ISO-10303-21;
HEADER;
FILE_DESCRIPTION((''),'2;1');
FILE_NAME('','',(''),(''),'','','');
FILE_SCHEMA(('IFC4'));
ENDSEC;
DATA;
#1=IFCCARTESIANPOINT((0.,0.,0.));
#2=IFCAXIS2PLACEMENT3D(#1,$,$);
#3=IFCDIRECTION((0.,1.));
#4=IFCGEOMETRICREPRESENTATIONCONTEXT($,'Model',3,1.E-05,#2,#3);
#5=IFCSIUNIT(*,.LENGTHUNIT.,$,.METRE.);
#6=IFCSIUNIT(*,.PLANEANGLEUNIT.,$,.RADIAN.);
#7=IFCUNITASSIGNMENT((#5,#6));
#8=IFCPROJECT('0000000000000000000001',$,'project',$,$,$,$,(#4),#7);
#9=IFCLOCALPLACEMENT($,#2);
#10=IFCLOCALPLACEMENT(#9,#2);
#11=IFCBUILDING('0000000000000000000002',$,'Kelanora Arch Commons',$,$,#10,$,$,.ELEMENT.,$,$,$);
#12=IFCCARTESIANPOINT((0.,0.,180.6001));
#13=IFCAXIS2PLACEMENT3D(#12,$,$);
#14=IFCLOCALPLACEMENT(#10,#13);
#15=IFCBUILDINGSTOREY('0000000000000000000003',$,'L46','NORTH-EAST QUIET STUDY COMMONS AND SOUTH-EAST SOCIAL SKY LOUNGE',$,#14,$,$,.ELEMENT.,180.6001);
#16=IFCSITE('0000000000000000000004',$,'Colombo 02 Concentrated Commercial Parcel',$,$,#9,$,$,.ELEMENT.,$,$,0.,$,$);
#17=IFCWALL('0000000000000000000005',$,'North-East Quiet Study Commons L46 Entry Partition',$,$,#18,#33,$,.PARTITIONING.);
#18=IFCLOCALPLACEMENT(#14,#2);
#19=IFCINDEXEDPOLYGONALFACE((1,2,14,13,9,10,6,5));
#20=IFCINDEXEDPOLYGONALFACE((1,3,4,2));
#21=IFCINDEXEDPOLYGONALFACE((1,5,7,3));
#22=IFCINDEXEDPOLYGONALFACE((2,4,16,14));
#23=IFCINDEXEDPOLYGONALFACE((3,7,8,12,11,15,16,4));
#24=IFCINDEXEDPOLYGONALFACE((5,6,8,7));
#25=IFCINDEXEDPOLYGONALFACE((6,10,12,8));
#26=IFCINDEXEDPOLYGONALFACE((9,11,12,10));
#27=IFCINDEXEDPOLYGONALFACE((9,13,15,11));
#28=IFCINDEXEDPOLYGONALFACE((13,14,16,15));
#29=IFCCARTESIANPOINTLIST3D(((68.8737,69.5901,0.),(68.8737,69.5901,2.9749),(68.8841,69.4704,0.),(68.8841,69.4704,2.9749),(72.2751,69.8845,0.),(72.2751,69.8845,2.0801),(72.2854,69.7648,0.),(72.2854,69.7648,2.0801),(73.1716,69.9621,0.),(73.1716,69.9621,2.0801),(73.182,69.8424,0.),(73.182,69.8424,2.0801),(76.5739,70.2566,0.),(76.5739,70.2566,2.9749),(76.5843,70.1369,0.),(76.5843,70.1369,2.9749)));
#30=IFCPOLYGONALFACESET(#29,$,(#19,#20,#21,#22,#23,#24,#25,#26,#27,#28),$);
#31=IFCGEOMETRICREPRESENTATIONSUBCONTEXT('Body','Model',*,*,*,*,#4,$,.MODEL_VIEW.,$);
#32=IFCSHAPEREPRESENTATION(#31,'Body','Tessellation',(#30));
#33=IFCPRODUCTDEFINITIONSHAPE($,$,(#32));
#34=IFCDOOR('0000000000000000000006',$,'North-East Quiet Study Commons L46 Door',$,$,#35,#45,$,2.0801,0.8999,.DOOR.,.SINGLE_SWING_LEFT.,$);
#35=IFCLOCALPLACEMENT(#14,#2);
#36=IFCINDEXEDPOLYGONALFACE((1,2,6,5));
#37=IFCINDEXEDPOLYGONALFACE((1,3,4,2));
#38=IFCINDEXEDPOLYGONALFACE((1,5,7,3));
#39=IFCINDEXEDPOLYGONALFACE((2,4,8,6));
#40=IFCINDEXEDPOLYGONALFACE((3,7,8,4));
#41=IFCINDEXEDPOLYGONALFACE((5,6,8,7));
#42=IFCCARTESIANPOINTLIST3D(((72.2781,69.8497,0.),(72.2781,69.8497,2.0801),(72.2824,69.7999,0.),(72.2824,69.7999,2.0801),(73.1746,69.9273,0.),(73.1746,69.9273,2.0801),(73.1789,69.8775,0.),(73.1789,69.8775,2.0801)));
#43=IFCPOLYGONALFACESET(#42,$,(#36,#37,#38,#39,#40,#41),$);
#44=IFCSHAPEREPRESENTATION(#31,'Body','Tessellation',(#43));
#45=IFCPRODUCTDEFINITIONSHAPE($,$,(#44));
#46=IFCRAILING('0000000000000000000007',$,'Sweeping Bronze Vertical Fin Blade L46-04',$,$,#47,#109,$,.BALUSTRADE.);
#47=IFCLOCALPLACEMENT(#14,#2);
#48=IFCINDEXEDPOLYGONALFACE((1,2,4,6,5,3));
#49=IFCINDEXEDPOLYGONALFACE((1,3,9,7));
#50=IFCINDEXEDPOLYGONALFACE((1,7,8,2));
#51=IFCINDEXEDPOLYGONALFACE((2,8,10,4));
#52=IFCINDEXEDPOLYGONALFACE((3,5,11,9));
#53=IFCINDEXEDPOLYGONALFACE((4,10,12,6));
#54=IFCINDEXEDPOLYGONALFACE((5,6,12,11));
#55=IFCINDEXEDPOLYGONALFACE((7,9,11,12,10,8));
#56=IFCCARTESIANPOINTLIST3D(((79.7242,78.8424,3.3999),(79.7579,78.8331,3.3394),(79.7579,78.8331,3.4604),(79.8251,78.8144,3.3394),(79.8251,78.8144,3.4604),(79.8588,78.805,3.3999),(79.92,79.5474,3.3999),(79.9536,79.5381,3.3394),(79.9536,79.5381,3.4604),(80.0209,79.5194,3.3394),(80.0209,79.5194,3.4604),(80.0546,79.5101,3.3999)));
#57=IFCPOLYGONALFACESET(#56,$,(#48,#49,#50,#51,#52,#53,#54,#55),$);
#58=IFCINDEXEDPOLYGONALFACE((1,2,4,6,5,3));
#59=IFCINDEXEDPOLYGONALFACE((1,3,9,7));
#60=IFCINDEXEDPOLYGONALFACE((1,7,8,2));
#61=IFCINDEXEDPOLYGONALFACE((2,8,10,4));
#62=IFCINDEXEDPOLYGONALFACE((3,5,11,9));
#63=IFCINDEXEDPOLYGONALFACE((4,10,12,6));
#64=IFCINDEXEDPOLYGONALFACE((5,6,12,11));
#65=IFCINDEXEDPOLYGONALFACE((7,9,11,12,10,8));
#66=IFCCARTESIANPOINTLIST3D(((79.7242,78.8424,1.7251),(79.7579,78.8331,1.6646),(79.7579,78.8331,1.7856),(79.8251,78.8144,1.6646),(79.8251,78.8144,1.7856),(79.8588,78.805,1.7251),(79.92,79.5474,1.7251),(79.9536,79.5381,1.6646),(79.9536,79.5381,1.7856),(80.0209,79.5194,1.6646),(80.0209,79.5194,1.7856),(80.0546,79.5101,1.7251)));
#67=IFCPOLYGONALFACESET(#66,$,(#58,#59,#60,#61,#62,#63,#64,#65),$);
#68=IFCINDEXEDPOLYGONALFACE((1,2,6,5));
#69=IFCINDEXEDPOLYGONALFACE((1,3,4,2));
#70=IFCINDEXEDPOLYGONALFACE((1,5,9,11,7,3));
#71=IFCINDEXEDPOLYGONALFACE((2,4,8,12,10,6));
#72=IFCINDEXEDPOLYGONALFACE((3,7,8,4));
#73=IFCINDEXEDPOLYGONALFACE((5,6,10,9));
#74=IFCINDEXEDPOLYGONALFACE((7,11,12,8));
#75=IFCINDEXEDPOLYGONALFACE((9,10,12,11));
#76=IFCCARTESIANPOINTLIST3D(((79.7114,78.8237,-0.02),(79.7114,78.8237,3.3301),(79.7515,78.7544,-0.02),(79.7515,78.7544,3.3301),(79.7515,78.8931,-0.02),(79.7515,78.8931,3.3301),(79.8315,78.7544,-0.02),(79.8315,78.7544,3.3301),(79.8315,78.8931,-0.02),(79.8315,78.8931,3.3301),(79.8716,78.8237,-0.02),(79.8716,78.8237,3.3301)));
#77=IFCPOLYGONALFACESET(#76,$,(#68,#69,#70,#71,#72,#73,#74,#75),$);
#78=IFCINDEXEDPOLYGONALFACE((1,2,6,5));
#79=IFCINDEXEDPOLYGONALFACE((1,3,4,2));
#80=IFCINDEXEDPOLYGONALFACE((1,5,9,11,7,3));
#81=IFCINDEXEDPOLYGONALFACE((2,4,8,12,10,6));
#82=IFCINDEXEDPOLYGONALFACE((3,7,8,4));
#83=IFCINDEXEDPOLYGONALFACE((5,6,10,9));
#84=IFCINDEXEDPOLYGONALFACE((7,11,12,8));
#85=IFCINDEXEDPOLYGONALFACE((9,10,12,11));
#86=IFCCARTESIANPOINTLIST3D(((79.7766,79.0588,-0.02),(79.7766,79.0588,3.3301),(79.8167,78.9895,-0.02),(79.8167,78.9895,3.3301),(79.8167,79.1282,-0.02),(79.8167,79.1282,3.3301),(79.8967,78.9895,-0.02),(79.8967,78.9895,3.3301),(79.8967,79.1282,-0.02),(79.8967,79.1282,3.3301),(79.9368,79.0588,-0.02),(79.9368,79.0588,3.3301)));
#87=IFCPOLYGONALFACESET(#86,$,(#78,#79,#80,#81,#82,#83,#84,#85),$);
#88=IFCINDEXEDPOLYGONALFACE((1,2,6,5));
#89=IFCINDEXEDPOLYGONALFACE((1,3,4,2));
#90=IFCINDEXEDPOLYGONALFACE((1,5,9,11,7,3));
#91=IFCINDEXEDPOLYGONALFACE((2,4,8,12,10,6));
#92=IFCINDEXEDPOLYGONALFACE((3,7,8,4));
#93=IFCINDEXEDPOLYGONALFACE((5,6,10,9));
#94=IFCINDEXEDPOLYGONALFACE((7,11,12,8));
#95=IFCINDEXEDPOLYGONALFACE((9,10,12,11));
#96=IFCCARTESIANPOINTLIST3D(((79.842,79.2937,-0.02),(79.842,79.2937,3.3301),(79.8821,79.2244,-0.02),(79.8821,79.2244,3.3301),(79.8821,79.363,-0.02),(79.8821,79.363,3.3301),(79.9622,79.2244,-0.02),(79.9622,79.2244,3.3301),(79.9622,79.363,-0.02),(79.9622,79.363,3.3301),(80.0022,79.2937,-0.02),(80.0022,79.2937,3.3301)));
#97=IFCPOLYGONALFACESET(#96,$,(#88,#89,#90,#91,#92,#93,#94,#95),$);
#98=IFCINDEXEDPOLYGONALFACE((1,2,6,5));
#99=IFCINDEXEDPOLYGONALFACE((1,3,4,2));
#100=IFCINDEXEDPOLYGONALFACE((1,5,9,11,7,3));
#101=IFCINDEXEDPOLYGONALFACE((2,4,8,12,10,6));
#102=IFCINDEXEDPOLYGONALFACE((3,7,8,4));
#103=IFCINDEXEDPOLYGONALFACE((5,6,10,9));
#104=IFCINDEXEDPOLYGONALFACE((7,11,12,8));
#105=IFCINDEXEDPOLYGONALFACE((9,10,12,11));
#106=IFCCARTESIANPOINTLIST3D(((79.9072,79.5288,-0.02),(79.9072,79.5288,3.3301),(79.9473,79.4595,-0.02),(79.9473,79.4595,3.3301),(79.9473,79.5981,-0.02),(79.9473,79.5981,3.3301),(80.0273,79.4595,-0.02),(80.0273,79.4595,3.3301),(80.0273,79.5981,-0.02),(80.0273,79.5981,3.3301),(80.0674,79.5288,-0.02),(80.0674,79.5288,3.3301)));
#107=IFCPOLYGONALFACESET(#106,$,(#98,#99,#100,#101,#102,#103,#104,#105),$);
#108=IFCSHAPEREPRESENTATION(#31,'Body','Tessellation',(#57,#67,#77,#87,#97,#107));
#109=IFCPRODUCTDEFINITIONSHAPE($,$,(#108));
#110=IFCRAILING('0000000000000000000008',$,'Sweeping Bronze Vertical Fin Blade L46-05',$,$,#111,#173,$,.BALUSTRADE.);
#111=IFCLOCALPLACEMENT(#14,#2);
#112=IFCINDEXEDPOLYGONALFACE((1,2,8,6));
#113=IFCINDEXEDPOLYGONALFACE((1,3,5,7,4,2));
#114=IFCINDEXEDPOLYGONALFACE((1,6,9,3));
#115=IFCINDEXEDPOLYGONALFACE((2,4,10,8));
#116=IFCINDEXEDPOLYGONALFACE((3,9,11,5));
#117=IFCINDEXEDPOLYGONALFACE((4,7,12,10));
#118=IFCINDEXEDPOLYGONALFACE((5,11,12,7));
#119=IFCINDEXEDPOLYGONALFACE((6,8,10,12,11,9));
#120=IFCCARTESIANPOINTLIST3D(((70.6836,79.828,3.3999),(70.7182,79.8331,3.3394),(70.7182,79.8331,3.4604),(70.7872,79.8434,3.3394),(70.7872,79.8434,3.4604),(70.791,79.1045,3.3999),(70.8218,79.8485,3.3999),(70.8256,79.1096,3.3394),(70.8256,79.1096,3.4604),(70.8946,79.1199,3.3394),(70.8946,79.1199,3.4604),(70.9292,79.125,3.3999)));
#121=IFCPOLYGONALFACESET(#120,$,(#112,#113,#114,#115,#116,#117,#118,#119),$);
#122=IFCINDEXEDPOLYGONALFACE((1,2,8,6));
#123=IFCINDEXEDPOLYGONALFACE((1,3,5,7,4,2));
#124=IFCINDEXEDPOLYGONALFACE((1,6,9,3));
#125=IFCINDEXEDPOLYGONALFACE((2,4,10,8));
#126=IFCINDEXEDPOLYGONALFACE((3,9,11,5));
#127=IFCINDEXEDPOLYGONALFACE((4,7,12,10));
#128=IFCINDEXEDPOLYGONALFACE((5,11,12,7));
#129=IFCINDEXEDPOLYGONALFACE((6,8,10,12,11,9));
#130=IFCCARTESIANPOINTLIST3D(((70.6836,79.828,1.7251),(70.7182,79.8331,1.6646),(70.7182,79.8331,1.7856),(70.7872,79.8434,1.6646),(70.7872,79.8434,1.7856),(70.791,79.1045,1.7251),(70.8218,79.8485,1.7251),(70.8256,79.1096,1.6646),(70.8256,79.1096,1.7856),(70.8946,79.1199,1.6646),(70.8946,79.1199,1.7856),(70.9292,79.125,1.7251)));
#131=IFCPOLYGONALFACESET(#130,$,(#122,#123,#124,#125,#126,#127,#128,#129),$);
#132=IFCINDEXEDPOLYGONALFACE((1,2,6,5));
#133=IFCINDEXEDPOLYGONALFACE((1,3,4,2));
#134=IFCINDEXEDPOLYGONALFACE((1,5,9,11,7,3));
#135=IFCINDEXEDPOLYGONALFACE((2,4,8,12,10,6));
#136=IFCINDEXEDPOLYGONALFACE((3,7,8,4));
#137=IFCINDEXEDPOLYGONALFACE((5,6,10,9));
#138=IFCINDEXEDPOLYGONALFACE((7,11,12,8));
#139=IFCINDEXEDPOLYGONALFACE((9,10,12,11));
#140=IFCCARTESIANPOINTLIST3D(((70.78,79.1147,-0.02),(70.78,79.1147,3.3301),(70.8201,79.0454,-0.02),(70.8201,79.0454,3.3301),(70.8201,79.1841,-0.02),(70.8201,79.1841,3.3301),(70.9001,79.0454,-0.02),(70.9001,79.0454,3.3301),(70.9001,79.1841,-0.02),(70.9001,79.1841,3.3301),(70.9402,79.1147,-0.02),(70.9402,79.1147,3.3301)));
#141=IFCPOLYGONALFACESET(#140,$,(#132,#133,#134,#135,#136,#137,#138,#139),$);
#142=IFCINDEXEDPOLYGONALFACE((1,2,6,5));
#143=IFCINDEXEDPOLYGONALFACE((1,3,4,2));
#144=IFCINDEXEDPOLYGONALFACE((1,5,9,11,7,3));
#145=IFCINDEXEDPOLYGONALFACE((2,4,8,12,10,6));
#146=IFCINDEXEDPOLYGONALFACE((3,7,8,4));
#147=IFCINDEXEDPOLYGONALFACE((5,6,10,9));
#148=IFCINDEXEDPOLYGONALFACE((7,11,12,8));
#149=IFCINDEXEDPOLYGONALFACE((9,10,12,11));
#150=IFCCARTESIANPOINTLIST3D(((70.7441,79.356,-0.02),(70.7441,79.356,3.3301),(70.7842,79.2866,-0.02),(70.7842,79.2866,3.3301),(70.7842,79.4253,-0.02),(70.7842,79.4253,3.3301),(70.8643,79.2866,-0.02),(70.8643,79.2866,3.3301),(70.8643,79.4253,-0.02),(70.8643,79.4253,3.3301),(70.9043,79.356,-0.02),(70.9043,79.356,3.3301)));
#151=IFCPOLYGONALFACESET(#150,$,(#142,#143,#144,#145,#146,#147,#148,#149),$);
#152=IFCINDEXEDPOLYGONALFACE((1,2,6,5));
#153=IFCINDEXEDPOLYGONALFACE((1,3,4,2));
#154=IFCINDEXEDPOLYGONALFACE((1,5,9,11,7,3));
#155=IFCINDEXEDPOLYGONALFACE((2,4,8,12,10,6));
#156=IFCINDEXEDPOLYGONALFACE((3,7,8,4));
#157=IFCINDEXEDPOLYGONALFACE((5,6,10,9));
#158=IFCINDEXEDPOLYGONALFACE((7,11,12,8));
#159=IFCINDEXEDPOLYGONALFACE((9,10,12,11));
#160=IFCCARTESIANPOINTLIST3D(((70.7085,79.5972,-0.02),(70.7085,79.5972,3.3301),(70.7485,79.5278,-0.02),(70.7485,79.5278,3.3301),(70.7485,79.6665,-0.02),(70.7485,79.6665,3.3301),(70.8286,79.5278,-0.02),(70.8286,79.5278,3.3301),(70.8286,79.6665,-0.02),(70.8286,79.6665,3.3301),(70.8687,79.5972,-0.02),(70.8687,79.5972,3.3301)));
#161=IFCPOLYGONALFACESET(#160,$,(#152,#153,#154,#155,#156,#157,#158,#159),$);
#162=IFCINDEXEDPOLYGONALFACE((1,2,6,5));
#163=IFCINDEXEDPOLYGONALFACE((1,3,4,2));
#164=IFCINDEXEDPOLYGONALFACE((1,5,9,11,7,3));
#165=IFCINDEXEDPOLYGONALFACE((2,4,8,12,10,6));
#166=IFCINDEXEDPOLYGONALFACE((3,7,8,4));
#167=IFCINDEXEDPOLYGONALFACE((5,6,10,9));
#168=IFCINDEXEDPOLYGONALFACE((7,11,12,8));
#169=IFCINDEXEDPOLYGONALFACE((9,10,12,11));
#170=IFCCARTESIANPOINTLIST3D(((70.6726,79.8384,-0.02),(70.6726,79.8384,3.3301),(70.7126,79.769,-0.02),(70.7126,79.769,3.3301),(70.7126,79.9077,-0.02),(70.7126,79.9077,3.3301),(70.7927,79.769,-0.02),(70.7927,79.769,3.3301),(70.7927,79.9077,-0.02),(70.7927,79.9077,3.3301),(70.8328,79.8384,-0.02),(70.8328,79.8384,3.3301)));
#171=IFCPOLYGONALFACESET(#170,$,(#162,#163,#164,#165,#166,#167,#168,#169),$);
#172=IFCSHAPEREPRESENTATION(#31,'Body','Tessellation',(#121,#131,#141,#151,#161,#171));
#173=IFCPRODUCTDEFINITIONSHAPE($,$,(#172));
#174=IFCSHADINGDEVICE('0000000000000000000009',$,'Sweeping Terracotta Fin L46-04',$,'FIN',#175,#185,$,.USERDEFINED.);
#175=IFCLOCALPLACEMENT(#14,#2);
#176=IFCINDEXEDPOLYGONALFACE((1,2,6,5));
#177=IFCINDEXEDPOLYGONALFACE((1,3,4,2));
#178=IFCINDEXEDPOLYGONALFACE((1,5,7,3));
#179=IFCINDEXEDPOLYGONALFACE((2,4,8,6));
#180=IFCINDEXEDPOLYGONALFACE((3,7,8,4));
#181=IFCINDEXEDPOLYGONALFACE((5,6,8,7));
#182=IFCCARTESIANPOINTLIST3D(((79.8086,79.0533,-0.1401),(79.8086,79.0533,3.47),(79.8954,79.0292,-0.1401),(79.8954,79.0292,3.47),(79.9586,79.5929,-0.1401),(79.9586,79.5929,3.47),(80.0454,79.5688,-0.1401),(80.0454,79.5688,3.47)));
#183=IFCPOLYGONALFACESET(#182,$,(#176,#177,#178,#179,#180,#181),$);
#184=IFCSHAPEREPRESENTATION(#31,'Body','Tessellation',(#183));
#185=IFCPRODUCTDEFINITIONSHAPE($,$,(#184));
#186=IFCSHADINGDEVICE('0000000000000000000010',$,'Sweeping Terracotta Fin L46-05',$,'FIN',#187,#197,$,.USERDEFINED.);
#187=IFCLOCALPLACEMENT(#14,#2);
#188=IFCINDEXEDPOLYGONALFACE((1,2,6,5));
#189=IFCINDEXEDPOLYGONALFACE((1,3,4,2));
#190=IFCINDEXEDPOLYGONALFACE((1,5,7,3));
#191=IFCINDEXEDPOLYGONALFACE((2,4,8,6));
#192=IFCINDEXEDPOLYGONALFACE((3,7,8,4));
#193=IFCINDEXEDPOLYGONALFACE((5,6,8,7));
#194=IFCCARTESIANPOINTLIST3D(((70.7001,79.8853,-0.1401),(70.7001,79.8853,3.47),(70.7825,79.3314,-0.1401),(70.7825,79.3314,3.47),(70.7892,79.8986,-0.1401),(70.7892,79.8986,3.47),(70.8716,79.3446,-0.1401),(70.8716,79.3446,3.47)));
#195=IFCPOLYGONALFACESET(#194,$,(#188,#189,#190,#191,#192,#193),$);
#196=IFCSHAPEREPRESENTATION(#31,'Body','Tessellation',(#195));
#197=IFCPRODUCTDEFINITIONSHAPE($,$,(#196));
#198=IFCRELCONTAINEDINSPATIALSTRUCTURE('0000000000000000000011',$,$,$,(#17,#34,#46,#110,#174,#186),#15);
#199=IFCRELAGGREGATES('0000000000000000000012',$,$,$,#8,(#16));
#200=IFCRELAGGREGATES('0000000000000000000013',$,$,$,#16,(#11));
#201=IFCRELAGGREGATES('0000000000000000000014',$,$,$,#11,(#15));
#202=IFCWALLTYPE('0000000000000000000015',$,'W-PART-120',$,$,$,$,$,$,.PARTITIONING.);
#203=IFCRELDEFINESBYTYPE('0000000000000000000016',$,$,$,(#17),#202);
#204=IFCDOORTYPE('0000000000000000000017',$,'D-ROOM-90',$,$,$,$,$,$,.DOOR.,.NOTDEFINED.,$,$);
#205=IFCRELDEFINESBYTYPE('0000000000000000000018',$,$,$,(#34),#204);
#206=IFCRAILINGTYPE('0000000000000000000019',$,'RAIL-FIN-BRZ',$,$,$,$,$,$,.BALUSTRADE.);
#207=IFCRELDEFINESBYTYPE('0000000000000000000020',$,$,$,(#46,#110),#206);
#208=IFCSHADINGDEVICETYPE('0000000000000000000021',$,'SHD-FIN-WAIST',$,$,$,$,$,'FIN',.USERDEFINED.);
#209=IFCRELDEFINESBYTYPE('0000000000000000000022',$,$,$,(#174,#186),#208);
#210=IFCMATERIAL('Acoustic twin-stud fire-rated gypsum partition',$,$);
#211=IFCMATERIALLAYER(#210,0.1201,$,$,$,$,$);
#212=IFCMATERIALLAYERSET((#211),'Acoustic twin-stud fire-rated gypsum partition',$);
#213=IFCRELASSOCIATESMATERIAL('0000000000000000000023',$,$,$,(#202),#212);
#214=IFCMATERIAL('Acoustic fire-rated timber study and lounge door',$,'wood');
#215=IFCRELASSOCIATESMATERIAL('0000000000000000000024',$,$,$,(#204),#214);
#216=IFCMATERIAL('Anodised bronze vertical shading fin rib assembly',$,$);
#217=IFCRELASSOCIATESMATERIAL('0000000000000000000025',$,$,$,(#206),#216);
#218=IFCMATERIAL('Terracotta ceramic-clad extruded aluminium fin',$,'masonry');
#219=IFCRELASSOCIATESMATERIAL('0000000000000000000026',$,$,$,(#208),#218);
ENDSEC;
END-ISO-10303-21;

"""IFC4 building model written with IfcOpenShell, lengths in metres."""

from ifc_helpers import new_model, si_unit, direction, frame, frame_2d, origin, origin_2d, place, context, subcontext, project, spatial, polyline, rectangle, outline, extrude, source, transform, mapped, material, layer, layer_set, type_object, element, fill, save


model = new_model("IFC4")

# Units and contexts
model_context = context("Model", 3, precision=1e-05, world=origin(), true_north=direction((0.0, 1.0)))
body_context = subcontext(model_context, "Body", "Model", "MODEL_VIEW")
ifc_project = project(units=[si_unit("LENGTHUNIT", "METRE"), si_unit("PLANEANGLEUNIT", "RADIAN")], contexts=[model_context])

# Site, building, storey
site_placement = place(None, origin())
site = spatial("IfcSite", under=ifc_project, at=site_placement, Name="Colombo 02 Concentrated Commercial Parcel", CompositionType="ELEMENT", RefElevation=0.0)
building_placement = place(site_placement, origin())
building = spatial("IfcBuilding", under=site, at=building_placement, Name="Kelanora Arch Commons", CompositionType="ELEMENT")
storey_placement = place(building_placement, frame((0.0, 0.0, 180.6001)))
storey = spatial("IfcBuildingStorey", under=building, at=storey_placement, Name="L46", Description="NORTH-EAST QUIET STUDY COMMONS AND SOUTH-EAST SOCIAL SKY LOUNGE", CompositionType="ELEMENT", Elevation=180.6001)

# Wall, opening, door
ifc_material_1 = material(Name="Acoustic twin-stud fire-rated gypsum partition")
ifc_layer_1 = layer(ifc_material_1, 0.1201)
ifc_layer_set_1 = layer_set([ifc_layer_1], Name="Acoustic twin-stud fire-rated gypsum partition")
wall_type_1 = type_object("IfcWallType", Name="W-PART-120", PredefinedType="PARTITIONING", material=ifc_layer_set_1)
wall_1_placement = place(storey_placement, frame((76.5791, 70.1968, 0.0), z_axis=(0.0, 0.0, 1.0), x_axis=(-0.996275, -0.086234, 0.0)))
wall_1 = element("IfcWall", 1, at=wall_1_placement, inside=storey, type_object=wall_type_1, Name="North-East Quiet Study Commons L46 Entry Partition", PredefinedType="PARTITIONING", context=body_context, shape_type="SweptSolid", body=[
    extrude(rectangle(XDim=7.729, YDim=0.1201, at=frame_2d((3.8645, 0.0))), origin(), (0.0, 0.0, 1.0), 2.9749),
])
opening_1_placement = place(wall_1_placement, frame((3.415, 0.0, 0.0)))
opening_1 = element("IfcOpeningElement", 2, at=opening_1_placement, cuts=wall_1, PredefinedType="OPENING", context=body_context, shape_type="SweptSolid", body=[
    extrude(rectangle(XDim=0.8999, YDim=2.0801, at=frame_2d((0.45, 1.04))), frame((0.0, 0.0701, 0.0), z_axis=(0.0, -1.0, 0.0), x_axis=(1.0, 0.0, 0.0)), (0.0, 0.0, 1.0), 0.1401),
])
ifc_material_2 = material(Name="Acoustic fire-rated timber study and lounge door", Category="wood")
door_type_1 = type_object("IfcDoorType", Name="D-ROOM-90", OperationType="NOTDEFINED", PredefinedType="DOOR", material=ifc_material_2)
door_1_placement = place(opening_1_placement, origin())
door_1 = element("IfcDoor", 3, at=door_1_placement, inside=storey, type_object=door_type_1, Name="North-East Quiet Study Commons L46 Door", OperationType="SINGLE_SWING_LEFT", OverallHeight=2.0801, OverallWidth=0.8999, PredefinedType="DOOR", context=body_context, shape_type="SweptSolid", body=[
    extrude(rectangle(XDim=0.8999, YDim=2.0801, at=frame_2d((0.45, 1.04))), frame((0.0, 0.0249, 0.0), z_axis=(0.0, -1.0, 0.0), x_axis=(1.0, 0.0, 0.0)), (0.0, 0.0, 1.0), 0.05),
])
fill(opening_1, door_1)

# Railings
ifc_material_3 = material(Name="Anodised bronze vertical shading fin rib assembly")
railing_type = type_object("IfcRailingType", Name="RAIL-FIN-BRZ", PredefinedType="BALUSTRADE", material=ifc_material_3)
railing_1_placement = place(storey_placement, frame((79.7915, 78.8237, -0.02)))
element("IfcRailing", 4, at=railing_1_placement, inside=storey, type_object=railing_type, Name="Sweeping Bronze Vertical Fin Blade L46-04", PredefinedType="BALUSTRADE", context=body_context, shape_type="SweptSolid", body=[
    extrude(outline(polyline([(0.0698, 0.0), (0.0349, 0.0605), (-0.0349, 0.0605), (-0.0698, 0.0), (-0.0349, -0.0605), (0.0349, -0.0605), (0.0698, 0.0)])), frame((0.0, 0.0, 3.4199), z_axis=(0.267575, 0.963537, 0.0), x_axis=(-0.963537, 0.267575, 0.0)), (0.0, 0.0, 1.0), 0.7317),
    extrude(outline(polyline([(0.0698, 0.0), (0.0349, 0.0605), (-0.0349, 0.0605), (-0.0698, 0.0), (-0.0349, -0.0605), (0.0349, -0.0605), (0.0698, 0.0)])), frame((0.0, 0.0, 1.7451), z_axis=(0.267575, 0.963537, 0.0), x_axis=(-0.963537, 0.267575, 0.0)), (0.0, 0.0, 1.0), 0.7317),
    extrude(outline(polyline([(0.0801, 0.0), (0.04, 0.0693), (-0.04, 0.0693), (-0.0801, 0.0), (-0.04, -0.0693), (0.04, -0.0693), (0.0801, 0.0)])), origin(), (0.0, 0.0, 1.0), 3.3501),
    extrude(outline(polyline([(0.0801, 0.0), (0.04, 0.0693), (-0.04, 0.0693), (-0.0801, 0.0), (-0.04, -0.0693), (0.04, -0.0693), (0.0801, 0.0)])), frame((0.0652, 0.2351, 0.0)), (0.0, 0.0, 1.0), 3.3501),
    extrude(outline(polyline([(0.0801, 0.0), (0.04, 0.0693), (-0.04, 0.0693), (-0.0801, 0.0), (-0.04, -0.0693), (0.04, -0.0693), (0.0801, 0.0)])), frame((0.1306, 0.47, 0.0)), (0.0, 0.0, 1.0), 3.3501),
    extrude(outline(polyline([(0.0801, 0.0), (0.04, 0.0693), (-0.04, 0.0693), (-0.0801, 0.0), (-0.04, -0.0693), (0.04, -0.0693), (0.0801, 0.0)])), frame((0.1958, 0.7051, 0.0)), (0.0, 0.0, 1.0), 3.3501),
])
railing_2_placement = place(storey_placement, frame((70.8601, 79.1147, -0.02)))
element("IfcRailing", 5, at=railing_2_placement, inside=storey, type_object=railing_type, Name="Sweeping Bronze Vertical Fin Blade L46-05", PredefinedType="BALUSTRADE", context=body_context, shape_type="SweptSolid", body=[
    extrude(outline(polyline([(0.0698, 0.0), (0.0349, 0.0605), (-0.0349, 0.0605), (-0.0698, 0.0), (-0.0349, -0.0605), (0.0349, -0.0605), (0.0698, 0.0)])), frame((0.0, 0.0, 3.4199), z_axis=(-0.146839, 0.98916, 0.0), x_axis=(-0.98916, -0.146839, 0.0)), (0.0, 0.0, 1.0), 0.7314),
    extrude(outline(polyline([(0.0698, 0.0), (0.0349, 0.0605), (-0.0349, 0.0605), (-0.0698, 0.0), (-0.0349, -0.0605), (0.0349, -0.0605), (0.0698, 0.0)])), frame((0.0, 0.0, 1.7451), z_axis=(-0.146839, 0.98916, 0.0), x_axis=(-0.98916, -0.146839, 0.0)), (0.0, 0.0, 1.0), 0.7314),
    extrude(outline(polyline([(0.0801, 0.0), (0.04, 0.0693), (-0.04, 0.0693), (-0.0801, 0.0), (-0.04, -0.0693), (0.04, -0.0693), (0.0801, 0.0)])), origin(), (0.0, 0.0, 1.0), 3.3501),
    extrude(outline(polyline([(0.0801, 0.0), (0.04, 0.0693), (-0.04, 0.0693), (-0.0801, 0.0), (-0.04, -0.0693), (0.04, -0.0693), (0.0801, 0.0)])), frame((-0.0359, 0.2412, 0.0)), (0.0, 0.0, 1.0), 3.3501),
    extrude(outline(polyline([(0.0801, 0.0), (0.04, 0.0693), (-0.04, 0.0693), (-0.0801, 0.0), (-0.04, -0.0693), (0.04, -0.0693), (0.0801, 0.0)])), frame((-0.0715, 0.4824, 0.0)), (0.0, 0.0, 1.0), 3.3501),
    extrude(outline(polyline([(0.0801, 0.0), (0.04, 0.0693), (-0.04, 0.0693), (-0.0801, 0.0), (-0.04, -0.0693), (0.04, -0.0693), (0.0801, 0.0)])), frame((-0.1074, 0.7236, 0.0)), (0.0, 0.0, 1.0), 3.3501),
])

# Shading devices
ifc_material_4 = material(Name="Terracotta ceramic-clad extruded aluminium fin", Category="masonry")
shading_device_type = type_object("IfcShadingDeviceType", Name="SHD-FIN-WAIST", ElementType="FIN", PredefinedType="USERDEFINED", material=ifc_material_4)
shared_shape_1 = source(origin(), body_context, "Body", "SweptSolid", [
    extrude(rectangle(XDim=0.5601, YDim=0.0901, at=origin_2d()), origin(), (0.0, 0.0, 1.0), 3.6101),
])
for number, where, z_axis, x_axis, name in (
    (6, (79.927, 79.311, -0.1401), (0.0, 0.0, 1.0), (0.267911, 0.963444, 0.0), "Sweeping Terracotta Fin L46-04"),
    (7, (70.7859, 79.615, -0.1401), (0.0, 0.0, 1.0), (-0.147119, 0.989119, 0.0), "Sweeping Terracotta Fin L46-05"),
):
    element("IfcShadingDevice", number, at=place(storey_placement, frame(where, z_axis=z_axis, x_axis=x_axis)), inside=storey, type_object=shading_device_type, Name=name, ObjectType="FIN", PredefinedType="USERDEFINED", context=body_context, shape_type="MappedRepresentation", body=[
        mapped(shared_shape_1, transform((0.0, 0.0, 0.0), scale=1.0)),
    ])

save(model, "model.ifc")
